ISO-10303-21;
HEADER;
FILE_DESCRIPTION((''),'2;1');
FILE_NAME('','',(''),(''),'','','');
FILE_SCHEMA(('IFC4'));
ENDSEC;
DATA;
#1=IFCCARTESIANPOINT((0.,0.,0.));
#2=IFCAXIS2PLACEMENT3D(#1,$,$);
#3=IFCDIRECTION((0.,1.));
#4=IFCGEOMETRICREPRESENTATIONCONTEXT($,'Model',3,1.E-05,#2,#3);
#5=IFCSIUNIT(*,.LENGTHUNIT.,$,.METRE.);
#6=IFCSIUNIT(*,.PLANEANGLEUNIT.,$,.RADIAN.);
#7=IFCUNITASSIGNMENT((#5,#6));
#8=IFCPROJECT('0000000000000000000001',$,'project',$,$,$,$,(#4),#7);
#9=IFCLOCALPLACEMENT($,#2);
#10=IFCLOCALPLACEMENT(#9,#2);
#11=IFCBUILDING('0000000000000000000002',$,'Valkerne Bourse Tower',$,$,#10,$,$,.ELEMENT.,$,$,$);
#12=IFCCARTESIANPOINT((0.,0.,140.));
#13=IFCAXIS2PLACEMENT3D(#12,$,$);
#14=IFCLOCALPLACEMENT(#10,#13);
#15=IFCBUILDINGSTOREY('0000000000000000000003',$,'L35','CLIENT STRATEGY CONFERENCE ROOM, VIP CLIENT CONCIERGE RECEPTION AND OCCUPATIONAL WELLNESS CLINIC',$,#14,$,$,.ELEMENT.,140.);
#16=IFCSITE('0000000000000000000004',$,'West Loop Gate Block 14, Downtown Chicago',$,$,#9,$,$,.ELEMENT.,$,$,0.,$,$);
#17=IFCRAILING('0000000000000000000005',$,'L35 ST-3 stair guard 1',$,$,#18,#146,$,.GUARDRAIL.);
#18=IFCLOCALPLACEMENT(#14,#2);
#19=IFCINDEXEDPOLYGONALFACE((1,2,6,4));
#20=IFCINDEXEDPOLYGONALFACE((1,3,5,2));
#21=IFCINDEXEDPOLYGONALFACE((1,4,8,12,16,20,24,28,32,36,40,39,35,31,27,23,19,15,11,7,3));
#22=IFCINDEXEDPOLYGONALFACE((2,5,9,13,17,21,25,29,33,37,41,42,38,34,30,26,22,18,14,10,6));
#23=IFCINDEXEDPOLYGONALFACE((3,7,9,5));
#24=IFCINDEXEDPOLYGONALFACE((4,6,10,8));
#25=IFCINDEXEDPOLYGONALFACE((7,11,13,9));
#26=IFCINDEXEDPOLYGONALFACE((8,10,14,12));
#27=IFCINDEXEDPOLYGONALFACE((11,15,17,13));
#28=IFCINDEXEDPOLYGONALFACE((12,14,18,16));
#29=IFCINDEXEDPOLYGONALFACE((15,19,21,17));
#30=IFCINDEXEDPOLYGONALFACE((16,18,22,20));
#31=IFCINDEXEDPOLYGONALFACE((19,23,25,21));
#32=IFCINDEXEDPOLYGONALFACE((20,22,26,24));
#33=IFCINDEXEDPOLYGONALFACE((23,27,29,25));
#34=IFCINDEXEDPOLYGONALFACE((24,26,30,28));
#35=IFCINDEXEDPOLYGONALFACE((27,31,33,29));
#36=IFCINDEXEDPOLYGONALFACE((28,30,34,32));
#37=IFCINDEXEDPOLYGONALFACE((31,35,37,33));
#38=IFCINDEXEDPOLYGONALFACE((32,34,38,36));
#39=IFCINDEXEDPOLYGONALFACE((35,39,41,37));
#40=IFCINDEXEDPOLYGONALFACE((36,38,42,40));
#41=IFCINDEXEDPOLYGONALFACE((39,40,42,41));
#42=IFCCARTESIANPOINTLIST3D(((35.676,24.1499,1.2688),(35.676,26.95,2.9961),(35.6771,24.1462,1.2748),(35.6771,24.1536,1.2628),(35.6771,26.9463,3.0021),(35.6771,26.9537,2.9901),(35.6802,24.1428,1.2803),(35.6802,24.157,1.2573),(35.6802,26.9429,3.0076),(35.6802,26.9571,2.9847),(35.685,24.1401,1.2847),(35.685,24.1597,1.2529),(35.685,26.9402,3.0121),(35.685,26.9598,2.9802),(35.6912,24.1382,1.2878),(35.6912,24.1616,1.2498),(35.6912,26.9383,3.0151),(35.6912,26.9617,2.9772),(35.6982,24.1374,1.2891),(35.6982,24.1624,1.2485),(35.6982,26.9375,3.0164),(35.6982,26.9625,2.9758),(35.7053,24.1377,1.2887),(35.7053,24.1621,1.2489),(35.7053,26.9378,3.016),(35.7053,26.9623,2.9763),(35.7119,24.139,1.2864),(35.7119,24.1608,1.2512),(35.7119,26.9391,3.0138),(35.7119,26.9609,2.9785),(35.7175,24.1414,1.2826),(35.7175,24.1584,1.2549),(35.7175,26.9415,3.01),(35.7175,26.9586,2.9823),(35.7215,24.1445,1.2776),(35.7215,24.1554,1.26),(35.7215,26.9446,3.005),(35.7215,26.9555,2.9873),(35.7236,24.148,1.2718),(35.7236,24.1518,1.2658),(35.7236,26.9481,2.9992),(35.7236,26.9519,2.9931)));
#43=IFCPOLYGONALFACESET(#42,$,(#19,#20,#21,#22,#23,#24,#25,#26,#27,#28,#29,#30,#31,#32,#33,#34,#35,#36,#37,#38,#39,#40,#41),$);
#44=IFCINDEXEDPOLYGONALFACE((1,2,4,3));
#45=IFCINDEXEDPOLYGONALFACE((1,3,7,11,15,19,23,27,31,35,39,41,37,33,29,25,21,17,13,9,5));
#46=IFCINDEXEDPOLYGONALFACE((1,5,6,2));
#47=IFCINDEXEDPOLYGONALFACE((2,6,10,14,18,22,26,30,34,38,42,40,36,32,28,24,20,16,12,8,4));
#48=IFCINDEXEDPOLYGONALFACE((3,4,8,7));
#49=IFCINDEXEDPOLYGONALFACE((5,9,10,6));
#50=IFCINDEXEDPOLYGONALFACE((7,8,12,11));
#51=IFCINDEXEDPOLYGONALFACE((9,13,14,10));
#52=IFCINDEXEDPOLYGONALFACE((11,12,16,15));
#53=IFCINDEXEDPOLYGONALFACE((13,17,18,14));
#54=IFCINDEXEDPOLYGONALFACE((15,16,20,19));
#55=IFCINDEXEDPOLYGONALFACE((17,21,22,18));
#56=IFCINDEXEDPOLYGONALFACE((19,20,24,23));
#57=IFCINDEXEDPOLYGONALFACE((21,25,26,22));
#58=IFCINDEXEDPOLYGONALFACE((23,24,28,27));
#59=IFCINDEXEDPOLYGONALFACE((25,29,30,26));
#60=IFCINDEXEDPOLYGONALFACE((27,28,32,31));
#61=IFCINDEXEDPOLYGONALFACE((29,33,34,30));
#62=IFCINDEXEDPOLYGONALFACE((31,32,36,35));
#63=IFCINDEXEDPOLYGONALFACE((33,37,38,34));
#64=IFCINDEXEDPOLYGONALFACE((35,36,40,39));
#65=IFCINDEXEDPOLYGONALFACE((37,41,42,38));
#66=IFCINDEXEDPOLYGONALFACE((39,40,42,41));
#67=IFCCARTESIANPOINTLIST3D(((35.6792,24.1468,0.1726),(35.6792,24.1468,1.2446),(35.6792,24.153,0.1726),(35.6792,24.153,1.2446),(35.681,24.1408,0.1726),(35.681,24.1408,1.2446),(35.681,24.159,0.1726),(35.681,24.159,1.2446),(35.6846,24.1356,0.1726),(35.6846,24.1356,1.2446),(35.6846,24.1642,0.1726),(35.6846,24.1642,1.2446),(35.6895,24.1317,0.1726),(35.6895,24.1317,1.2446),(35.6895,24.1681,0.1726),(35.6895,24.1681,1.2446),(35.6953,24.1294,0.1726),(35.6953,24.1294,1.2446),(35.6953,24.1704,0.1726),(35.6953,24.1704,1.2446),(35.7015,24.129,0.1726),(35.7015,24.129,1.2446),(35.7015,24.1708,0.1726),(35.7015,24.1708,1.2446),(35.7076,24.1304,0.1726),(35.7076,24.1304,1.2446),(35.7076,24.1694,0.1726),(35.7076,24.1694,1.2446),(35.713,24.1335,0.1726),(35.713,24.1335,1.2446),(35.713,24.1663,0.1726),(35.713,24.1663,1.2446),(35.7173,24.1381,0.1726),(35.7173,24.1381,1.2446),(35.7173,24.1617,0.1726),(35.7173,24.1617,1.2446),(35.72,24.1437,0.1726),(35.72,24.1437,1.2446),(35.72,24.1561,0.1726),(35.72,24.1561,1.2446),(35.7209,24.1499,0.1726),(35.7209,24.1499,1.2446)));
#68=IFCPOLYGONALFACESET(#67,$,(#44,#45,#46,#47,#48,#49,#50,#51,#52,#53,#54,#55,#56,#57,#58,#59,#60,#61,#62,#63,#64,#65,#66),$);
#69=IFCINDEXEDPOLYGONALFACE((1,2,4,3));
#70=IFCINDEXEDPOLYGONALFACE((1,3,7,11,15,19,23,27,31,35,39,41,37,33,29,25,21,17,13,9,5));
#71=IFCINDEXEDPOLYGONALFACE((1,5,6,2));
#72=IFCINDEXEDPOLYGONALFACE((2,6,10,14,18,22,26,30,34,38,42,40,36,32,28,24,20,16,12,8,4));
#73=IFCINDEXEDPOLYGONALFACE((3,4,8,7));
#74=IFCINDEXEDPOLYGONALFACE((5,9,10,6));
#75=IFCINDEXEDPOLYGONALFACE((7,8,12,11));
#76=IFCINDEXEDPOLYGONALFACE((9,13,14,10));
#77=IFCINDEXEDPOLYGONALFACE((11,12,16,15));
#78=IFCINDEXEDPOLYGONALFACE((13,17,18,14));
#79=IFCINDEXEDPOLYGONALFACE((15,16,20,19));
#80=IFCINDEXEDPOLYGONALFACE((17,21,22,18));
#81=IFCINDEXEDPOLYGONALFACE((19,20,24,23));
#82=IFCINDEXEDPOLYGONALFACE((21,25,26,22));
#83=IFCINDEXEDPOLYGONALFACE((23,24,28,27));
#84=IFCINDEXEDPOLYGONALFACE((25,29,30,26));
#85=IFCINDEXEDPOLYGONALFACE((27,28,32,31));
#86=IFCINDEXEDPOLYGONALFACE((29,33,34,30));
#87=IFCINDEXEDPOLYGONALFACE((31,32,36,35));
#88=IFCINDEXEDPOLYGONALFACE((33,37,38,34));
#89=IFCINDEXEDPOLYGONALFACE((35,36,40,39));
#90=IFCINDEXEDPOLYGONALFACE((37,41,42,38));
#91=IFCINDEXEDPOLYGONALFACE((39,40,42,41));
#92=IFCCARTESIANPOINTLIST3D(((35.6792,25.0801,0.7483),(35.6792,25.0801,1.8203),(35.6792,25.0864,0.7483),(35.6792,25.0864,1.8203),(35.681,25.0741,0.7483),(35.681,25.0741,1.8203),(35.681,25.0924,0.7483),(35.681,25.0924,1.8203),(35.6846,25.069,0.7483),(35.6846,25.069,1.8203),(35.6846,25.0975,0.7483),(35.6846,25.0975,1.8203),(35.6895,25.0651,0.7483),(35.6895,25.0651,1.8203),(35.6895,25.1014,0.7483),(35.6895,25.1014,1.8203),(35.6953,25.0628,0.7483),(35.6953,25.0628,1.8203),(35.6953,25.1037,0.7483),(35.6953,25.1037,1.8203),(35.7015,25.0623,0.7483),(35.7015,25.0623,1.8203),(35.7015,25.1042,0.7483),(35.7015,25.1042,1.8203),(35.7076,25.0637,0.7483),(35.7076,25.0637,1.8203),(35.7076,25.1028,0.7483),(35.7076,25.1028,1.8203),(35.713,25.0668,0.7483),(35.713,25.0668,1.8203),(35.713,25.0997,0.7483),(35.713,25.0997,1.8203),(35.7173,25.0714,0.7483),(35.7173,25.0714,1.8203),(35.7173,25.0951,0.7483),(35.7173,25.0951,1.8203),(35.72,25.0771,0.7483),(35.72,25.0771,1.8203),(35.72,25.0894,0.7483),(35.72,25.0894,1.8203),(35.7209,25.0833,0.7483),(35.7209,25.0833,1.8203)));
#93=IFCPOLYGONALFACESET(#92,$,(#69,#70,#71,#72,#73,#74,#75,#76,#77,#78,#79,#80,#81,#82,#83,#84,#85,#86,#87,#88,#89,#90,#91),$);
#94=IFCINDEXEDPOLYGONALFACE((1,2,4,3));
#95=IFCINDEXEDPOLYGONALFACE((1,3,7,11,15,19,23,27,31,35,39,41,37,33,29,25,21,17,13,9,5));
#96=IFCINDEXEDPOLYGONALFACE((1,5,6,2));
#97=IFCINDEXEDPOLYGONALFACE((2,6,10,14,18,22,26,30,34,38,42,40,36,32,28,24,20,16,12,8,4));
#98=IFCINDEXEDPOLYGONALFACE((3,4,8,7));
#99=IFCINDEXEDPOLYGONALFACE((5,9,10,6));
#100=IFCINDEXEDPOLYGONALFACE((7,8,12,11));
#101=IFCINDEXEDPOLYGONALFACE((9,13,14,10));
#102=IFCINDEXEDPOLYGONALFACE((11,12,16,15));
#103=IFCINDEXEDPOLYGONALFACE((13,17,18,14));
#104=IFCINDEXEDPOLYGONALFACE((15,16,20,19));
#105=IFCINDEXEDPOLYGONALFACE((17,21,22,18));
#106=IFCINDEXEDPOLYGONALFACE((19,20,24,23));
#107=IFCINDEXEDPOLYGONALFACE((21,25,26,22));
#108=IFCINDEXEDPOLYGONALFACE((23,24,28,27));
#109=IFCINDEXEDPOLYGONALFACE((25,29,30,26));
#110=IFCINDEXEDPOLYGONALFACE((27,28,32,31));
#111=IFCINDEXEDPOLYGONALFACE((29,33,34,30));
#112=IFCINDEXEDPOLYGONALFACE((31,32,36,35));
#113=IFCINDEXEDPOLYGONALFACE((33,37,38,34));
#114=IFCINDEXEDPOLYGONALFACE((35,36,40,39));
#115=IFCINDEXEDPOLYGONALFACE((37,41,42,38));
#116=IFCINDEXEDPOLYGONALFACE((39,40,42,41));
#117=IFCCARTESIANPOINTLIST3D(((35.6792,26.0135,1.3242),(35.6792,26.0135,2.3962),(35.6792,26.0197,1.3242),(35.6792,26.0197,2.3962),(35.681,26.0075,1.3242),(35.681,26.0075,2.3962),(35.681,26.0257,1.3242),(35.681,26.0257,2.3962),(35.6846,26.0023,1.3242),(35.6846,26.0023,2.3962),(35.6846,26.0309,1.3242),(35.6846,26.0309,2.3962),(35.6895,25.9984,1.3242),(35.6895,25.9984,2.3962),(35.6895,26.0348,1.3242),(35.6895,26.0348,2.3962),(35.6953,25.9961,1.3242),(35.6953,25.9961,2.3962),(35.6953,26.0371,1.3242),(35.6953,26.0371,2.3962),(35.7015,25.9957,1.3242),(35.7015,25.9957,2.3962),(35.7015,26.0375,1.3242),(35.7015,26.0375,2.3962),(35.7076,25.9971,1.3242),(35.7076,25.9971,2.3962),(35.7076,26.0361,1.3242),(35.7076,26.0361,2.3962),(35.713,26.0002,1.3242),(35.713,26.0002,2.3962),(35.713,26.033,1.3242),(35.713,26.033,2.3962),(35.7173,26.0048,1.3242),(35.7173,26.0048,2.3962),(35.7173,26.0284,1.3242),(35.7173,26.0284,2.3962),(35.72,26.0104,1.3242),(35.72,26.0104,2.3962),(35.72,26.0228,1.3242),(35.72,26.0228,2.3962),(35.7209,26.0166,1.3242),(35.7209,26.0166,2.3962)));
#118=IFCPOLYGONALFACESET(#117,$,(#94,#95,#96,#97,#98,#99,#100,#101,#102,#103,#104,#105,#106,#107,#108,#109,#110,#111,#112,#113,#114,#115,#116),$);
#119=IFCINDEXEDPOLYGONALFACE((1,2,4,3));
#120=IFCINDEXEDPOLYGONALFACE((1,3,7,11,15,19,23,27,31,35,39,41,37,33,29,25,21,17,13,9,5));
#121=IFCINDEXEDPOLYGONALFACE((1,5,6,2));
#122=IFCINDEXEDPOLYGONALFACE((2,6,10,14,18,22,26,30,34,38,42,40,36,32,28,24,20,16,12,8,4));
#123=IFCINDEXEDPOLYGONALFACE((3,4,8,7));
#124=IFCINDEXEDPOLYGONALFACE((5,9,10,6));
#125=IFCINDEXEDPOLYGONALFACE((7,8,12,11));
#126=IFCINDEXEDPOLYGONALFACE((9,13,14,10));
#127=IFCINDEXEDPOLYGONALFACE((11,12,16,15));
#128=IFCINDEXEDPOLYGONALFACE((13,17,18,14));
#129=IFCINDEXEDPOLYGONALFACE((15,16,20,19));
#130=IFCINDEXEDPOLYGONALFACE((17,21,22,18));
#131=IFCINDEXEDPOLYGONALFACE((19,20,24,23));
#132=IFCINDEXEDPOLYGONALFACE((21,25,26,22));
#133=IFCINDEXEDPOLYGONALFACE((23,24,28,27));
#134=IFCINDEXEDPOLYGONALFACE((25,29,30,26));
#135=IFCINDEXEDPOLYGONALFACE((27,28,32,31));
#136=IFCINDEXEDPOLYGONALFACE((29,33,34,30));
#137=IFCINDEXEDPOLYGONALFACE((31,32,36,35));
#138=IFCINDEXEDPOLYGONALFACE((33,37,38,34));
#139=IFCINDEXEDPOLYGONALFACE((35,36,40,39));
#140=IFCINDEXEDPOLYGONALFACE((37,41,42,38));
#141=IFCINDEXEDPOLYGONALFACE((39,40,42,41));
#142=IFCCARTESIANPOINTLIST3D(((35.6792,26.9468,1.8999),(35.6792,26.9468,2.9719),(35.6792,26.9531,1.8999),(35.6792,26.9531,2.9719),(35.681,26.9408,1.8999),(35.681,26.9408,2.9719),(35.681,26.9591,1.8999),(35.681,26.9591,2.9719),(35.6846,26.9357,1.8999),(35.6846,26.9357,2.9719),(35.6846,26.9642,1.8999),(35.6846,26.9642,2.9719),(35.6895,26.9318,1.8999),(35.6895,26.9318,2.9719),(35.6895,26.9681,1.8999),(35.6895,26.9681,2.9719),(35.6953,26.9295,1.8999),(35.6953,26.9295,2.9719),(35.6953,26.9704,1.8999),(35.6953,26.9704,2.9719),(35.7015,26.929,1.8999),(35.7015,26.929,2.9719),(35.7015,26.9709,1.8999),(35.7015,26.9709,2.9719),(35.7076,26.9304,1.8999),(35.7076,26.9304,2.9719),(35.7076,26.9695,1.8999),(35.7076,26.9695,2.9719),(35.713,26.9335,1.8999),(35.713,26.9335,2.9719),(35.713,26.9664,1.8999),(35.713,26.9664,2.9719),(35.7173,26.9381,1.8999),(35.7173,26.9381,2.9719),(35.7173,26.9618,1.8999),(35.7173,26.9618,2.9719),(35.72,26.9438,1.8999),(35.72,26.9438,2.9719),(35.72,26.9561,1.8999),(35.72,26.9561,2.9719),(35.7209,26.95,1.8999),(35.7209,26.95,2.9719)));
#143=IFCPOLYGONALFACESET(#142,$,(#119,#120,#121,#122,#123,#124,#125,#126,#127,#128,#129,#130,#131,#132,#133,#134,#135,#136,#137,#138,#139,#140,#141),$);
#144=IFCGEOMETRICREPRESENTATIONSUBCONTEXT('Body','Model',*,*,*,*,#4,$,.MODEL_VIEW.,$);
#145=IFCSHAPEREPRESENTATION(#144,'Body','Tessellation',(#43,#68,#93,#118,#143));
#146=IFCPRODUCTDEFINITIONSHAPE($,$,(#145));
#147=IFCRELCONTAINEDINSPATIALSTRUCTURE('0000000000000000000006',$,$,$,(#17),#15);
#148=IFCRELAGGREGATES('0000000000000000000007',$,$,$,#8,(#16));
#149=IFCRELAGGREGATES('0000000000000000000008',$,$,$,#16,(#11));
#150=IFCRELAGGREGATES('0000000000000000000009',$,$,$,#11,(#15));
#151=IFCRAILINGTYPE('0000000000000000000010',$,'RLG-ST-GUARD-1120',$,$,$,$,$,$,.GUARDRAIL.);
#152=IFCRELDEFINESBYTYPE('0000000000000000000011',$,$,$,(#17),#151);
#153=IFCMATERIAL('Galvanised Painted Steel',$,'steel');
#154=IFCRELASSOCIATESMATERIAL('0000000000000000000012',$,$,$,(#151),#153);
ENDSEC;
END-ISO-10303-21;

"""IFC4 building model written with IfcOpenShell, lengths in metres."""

from ifc_helpers import new_model, si_unit, direction, frame, origin, origin_2d, place, context, subcontext, project, spatial, circle, extrude, material, type_object, element, save


model = new_model("IFC4")

# Units and contexts
model_context = context("Model", 3, precision=1e-05, world=origin(), true_north=direction((0.0, 1.0)))
body_context = subcontext(model_context, "Body", "Model", "MODEL_VIEW")
ifc_project = project(units=[si_unit("LENGTHUNIT", "METRE"), si_unit("PLANEANGLEUNIT", "RADIAN")], contexts=[model_context])

# Site, building, storey
site_placement = place(None, origin())
site = spatial("IfcSite", under=ifc_project, at=site_placement, Name="West Loop Gate Block 14, Downtown Chicago", CompositionType="ELEMENT", RefElevation=0.0)
building_placement = place(site_placement, origin())
building = spatial("IfcBuilding", under=site, at=building_placement, Name="Valkerne Bourse Tower", CompositionType="ELEMENT")
storey_placement = place(building_placement, frame((0.0, 0.0, 140.0)))
storey = spatial("IfcBuildingStorey", under=building, at=storey_placement, Name="L35", Description="CLIENT STRATEGY CONFERENCE ROOM, VIP CLIENT CONCIERGE RECEPTION AND OCCUPATIONAL WELLNESS CLINIC", CompositionType="ELEMENT", Elevation=140.0)

# Railing
ifc_material_1 = material(Name="Galvanised Painted Steel", Category="steel")
railing_type_1 = type_object("IfcRailingType", Name="RLG-ST-GUARD-1120", PredefinedType="GUARDRAIL", material=ifc_material_1)
railing_1_placement = place(storey_placement, frame((35.7, 24.1499, 0.1726)))
element("IfcRailing", 1, at=railing_1_placement, inside=storey, type_object=railing_type_1, Name="L35 ST-3 stair guard 1", PredefinedType="GUARDRAIL", context=body_context, shape_type="SweptSolid", body=[
    extrude(circle(Radius=0.0239, at=origin_2d()), frame((0.0, 0.0, 1.0962), z_axis=(0.0, 0.85109, 0.52502), x_axis=(-1.0, 0.0, 0.0)), (0.0, 0.0, 1.0), 3.29),
    extrude(circle(Radius=0.021, at=origin_2d()), origin(), (0.0, 0.0, 1.0), 1.072),
    extrude(circle(Radius=0.021, at=origin_2d()), frame((0.0, 0.9333, 0.5757)), (0.0, 0.0, 1.0), 1.072),
    extrude(circle(Radius=0.021, at=origin_2d()), frame((0.0, 1.8667, 1.1516)), (0.0, 0.0, 1.0), 1.072),
    extrude(circle(Radius=0.021, at=origin_2d()), frame((0.0, 2.8, 1.7273)), (0.0, 0.0, 1.0), 1.072),
])

save(model, "model.ifc")
